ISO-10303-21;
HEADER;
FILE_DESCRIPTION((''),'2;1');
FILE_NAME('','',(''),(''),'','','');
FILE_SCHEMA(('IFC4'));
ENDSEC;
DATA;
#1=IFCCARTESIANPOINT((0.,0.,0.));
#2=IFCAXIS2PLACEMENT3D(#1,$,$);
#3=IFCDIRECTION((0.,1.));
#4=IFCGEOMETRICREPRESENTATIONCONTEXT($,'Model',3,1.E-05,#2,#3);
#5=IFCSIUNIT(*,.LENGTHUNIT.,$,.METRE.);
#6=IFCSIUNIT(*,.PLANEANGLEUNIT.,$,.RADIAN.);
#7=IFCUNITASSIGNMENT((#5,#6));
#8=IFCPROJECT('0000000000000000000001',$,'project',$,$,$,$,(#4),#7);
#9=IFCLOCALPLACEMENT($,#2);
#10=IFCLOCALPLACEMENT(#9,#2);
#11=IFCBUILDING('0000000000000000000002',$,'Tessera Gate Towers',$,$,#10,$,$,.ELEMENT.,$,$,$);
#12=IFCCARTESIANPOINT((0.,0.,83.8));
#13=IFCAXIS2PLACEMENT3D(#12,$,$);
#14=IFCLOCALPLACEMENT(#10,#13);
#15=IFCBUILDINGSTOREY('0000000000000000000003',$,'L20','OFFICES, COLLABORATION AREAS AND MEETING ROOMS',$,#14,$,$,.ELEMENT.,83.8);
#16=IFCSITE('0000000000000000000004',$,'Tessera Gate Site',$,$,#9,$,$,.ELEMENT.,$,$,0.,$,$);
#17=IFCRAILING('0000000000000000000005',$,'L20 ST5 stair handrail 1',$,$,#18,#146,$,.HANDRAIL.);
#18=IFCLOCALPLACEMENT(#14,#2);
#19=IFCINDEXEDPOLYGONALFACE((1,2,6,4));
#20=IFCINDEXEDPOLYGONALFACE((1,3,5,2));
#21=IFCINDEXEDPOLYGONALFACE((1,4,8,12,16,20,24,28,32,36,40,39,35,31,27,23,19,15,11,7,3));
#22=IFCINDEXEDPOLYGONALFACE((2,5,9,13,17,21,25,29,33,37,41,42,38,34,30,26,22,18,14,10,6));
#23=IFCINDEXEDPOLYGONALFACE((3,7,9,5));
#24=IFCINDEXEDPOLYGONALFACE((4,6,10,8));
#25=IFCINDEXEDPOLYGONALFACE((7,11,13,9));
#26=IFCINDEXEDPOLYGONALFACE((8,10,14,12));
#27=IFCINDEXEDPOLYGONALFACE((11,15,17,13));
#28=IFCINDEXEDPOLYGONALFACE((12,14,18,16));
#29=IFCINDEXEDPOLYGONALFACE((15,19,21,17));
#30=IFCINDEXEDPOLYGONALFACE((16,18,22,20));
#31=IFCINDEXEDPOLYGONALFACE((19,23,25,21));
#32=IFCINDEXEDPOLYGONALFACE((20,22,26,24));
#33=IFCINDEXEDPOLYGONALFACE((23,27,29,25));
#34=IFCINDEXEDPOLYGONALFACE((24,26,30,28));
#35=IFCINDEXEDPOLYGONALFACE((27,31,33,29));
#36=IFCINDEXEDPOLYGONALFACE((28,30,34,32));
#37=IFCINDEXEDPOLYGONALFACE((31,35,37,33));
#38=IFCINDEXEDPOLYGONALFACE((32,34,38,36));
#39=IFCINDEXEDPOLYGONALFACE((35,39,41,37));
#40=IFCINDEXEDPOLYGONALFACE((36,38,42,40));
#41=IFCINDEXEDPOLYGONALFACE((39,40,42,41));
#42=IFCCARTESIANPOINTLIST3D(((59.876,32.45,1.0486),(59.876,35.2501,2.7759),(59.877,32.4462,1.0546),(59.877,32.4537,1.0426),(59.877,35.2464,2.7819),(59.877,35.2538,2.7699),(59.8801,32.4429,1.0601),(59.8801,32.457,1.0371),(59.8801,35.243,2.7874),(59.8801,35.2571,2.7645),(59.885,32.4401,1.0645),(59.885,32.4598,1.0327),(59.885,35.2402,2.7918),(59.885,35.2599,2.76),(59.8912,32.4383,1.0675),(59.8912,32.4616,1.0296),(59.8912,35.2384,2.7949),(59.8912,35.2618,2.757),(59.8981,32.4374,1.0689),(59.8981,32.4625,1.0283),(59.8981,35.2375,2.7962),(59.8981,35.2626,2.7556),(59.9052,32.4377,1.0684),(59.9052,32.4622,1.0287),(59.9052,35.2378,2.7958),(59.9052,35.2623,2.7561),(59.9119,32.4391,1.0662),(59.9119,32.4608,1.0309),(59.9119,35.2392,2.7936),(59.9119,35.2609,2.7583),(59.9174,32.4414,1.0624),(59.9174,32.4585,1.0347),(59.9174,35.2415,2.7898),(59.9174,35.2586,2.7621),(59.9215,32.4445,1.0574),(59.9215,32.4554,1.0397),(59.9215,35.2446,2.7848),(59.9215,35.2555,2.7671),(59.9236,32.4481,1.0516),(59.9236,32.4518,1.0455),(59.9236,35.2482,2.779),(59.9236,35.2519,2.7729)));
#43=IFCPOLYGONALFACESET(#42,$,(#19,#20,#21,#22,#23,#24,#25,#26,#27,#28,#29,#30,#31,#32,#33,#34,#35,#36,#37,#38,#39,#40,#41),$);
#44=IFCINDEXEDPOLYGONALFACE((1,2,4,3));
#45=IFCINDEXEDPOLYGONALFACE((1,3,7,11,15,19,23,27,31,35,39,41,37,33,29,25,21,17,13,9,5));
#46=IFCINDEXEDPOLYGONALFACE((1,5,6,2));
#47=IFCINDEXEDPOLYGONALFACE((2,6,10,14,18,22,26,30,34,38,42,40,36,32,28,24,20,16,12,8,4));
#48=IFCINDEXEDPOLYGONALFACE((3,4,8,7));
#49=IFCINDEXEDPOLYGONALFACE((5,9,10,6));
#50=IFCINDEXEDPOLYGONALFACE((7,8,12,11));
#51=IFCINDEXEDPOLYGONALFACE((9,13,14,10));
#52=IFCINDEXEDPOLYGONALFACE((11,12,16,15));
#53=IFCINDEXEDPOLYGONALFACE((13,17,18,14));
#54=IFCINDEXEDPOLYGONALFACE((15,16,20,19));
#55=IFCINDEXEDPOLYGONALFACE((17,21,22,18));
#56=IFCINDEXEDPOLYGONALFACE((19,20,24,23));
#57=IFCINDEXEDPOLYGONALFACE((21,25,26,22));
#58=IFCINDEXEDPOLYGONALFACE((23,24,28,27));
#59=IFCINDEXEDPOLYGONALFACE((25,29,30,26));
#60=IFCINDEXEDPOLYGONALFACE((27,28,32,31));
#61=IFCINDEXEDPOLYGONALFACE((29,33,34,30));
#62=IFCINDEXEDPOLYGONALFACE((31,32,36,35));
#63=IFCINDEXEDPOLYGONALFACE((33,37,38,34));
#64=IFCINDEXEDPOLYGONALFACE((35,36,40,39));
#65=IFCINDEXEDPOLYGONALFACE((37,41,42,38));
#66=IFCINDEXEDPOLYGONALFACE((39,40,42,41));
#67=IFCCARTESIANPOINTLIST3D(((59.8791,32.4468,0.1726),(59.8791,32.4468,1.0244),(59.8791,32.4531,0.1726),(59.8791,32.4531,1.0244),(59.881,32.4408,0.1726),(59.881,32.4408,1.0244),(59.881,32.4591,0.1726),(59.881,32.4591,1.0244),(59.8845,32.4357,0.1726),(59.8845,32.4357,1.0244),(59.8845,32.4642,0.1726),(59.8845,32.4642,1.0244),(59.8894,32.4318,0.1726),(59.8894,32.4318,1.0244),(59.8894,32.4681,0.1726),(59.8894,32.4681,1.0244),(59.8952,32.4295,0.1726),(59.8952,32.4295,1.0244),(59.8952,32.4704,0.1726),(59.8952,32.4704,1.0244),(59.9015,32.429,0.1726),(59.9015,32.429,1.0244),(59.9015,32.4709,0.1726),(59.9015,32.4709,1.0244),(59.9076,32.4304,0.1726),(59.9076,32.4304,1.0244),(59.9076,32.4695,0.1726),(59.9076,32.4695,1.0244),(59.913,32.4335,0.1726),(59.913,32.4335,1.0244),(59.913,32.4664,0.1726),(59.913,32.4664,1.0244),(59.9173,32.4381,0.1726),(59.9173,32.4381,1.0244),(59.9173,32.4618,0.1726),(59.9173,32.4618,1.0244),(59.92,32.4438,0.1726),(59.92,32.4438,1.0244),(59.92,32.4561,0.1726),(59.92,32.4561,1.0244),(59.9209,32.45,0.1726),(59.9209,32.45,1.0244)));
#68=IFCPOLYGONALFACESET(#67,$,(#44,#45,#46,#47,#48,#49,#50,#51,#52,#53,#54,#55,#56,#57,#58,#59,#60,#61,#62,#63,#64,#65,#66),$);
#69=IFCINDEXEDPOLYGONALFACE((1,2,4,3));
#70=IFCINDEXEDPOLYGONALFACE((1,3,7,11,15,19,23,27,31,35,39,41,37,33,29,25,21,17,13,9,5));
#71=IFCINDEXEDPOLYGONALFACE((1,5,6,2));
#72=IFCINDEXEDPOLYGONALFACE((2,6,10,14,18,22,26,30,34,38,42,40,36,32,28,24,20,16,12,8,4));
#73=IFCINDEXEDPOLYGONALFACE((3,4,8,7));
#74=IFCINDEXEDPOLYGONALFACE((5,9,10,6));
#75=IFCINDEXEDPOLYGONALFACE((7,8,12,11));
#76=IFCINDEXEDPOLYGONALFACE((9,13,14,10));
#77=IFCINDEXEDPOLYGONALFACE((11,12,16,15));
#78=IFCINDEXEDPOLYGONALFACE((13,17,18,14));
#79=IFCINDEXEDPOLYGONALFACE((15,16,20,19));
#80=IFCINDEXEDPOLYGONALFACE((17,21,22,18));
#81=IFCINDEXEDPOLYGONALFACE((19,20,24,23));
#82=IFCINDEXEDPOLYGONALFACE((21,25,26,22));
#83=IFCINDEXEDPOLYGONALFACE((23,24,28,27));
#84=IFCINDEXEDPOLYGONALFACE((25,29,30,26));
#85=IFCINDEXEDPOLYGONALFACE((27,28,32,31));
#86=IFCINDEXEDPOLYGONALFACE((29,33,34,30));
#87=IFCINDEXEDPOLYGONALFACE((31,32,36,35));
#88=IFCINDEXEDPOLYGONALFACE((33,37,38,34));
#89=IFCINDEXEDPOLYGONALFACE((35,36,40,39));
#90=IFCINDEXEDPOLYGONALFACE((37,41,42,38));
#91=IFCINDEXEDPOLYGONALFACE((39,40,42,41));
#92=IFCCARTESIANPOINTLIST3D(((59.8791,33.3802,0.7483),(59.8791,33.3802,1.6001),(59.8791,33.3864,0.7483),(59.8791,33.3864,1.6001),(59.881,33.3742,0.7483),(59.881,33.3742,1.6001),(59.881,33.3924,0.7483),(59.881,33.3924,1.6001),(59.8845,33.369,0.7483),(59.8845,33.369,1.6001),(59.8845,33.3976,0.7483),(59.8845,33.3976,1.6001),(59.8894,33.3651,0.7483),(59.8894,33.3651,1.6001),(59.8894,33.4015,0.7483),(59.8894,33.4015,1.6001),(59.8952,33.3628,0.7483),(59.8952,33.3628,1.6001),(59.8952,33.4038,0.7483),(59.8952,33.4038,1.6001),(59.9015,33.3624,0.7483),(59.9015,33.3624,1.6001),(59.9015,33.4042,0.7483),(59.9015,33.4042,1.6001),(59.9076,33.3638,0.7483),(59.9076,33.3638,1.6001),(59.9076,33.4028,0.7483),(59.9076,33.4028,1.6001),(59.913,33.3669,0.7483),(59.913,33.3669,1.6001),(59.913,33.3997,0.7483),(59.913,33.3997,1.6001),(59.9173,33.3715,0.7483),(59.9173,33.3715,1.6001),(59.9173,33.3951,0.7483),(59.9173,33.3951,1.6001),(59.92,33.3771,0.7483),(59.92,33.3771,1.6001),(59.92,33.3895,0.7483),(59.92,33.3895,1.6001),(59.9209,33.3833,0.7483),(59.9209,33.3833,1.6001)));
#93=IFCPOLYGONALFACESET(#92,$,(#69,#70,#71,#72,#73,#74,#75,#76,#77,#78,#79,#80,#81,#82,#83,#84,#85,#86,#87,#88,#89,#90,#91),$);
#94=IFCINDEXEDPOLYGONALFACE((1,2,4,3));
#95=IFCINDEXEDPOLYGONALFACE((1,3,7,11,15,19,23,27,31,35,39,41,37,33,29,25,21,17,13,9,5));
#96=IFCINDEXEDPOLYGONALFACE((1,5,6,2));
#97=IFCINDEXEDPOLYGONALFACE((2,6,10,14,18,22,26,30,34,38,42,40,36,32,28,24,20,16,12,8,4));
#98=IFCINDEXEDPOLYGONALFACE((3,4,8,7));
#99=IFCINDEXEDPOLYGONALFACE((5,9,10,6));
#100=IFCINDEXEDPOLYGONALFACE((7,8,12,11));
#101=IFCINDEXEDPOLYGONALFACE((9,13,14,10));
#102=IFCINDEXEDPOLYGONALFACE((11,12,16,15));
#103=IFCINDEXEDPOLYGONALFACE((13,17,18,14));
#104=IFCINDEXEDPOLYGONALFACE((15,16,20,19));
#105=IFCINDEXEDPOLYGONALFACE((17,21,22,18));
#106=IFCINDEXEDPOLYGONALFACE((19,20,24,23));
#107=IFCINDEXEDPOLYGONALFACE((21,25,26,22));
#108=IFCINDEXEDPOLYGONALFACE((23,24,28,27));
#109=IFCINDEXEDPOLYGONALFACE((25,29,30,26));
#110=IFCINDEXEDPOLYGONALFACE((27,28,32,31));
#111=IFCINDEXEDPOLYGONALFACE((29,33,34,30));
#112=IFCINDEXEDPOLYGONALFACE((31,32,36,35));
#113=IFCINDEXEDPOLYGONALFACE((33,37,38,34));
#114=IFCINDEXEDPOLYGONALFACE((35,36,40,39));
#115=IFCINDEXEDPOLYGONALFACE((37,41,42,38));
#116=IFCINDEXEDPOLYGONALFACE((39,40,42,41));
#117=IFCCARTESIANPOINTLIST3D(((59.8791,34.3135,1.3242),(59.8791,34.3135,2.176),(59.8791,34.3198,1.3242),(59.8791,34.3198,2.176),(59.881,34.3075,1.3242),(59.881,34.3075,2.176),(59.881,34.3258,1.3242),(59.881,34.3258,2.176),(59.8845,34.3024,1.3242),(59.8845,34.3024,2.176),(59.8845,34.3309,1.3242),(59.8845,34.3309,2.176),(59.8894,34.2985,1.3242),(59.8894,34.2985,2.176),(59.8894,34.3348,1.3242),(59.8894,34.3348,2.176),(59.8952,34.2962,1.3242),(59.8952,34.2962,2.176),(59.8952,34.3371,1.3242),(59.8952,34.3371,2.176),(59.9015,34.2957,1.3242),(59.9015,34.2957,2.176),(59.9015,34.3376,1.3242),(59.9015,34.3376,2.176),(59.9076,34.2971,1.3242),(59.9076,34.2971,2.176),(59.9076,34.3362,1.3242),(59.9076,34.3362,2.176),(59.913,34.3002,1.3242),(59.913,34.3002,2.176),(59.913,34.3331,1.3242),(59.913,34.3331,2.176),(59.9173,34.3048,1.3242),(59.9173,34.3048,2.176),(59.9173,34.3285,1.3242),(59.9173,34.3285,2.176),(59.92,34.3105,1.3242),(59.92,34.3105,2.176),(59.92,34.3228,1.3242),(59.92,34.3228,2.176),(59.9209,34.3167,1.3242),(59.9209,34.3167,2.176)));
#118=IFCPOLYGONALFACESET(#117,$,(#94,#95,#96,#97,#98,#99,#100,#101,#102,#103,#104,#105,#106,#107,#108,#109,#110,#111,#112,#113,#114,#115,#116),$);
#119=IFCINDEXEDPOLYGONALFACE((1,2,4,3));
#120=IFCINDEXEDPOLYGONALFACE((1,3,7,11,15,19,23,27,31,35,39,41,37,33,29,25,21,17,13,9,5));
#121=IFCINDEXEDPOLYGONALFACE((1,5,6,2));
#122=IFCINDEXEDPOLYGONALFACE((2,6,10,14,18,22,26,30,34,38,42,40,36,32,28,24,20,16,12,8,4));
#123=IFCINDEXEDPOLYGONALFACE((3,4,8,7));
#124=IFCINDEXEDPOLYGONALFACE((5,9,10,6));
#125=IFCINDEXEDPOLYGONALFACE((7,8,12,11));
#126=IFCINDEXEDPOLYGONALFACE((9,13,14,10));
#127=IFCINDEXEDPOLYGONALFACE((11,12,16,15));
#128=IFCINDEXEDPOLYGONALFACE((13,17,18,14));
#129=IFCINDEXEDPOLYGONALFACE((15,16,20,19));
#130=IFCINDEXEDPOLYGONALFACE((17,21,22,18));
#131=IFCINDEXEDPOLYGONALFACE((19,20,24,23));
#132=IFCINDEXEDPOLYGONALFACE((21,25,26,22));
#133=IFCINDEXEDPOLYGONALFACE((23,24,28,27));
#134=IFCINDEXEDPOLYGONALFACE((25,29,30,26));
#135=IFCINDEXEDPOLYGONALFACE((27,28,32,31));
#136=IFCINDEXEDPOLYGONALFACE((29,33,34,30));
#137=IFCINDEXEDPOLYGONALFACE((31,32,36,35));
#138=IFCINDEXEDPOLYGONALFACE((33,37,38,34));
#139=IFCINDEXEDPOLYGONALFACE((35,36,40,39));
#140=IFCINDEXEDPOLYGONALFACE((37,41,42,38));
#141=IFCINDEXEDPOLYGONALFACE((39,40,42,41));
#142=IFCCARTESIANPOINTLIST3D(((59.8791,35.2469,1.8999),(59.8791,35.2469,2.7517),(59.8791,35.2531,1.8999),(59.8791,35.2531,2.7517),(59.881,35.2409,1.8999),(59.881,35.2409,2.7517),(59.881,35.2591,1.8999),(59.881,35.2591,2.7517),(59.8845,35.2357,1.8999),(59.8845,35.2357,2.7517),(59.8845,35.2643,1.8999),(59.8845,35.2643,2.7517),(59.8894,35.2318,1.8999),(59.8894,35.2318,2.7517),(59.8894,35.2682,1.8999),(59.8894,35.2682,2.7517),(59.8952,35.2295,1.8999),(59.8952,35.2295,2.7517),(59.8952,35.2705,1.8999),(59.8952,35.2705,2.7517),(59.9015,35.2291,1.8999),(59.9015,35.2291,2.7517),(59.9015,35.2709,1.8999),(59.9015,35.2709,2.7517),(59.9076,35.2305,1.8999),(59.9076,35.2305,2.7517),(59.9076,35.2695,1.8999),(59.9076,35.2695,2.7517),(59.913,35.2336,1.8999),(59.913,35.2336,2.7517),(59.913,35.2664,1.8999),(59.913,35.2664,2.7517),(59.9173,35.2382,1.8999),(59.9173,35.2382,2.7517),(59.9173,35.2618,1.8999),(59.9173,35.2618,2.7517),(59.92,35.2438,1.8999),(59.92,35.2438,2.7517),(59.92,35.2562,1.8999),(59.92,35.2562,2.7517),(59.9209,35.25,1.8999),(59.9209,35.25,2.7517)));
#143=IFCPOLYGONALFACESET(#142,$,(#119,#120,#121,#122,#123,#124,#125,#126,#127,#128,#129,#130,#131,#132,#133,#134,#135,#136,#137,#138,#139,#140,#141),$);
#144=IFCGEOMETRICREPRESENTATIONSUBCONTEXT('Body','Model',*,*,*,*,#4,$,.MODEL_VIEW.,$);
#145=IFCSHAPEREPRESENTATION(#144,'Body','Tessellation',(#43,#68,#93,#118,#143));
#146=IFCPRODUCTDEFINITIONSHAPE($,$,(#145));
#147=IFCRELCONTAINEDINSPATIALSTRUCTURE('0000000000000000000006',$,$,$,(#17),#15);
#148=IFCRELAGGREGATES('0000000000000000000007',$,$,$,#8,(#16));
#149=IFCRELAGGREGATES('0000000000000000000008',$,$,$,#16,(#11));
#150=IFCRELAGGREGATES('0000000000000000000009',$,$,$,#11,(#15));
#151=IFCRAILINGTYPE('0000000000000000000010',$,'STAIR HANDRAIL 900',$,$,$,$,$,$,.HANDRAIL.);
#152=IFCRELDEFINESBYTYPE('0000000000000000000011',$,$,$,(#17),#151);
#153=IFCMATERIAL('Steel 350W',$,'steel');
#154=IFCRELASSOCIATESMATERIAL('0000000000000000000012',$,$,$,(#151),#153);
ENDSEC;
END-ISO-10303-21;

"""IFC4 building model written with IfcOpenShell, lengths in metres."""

from ifc_helpers import new_model, si_unit, direction, frame, origin, origin_2d, place, context, subcontext, project, spatial, circle, extrude, material, type_object, element, save


model = new_model("IFC4")

# Units and contexts
model_context = context("Model", 3, precision=1e-05, world=origin(), true_north=direction((0.0, 1.0)))
body_context = subcontext(model_context, "Body", "Model", "MODEL_VIEW")
ifc_project = project(units=[si_unit("LENGTHUNIT", "METRE"), si_unit("PLANEANGLEUNIT", "RADIAN")], contexts=[model_context])

# Site, building, storey
site_placement = place(None, origin())
site = spatial("IfcSite", under=ifc_project, at=site_placement, Name="Tessera Gate Site", CompositionType="ELEMENT", RefElevation=0.0)
building_placement = place(site_placement, origin())
building = spatial("IfcBuilding", under=site, at=building_placement, Name="Tessera Gate Towers", CompositionType="ELEMENT")
storey_placement = place(building_placement, frame((0.0, 0.0, 83.8)))
storey = spatial("IfcBuildingStorey", under=building, at=storey_placement, Name="L20", Description="OFFICES, COLLABORATION AREAS AND MEETING ROOMS", CompositionType="ELEMENT", Elevation=83.8)

# Railing
ifc_material_1 = material(Name="Steel 350W", Category="steel")
railing_type_1 = type_object("IfcRailingType", Name="STAIR HANDRAIL 900", PredefinedType="HANDRAIL", material=ifc_material_1)
for number, where, name in (
    (1, (59.8999, 32.45, 0.1726), "L20 ST5 stair handrail 1"),
):
    element("IfcRailing", number, at=place(storey_placement, frame(where)), inside=storey, type_object=railing_type_1, Name=name, PredefinedType="HANDRAIL", context=body_context, shape_type="SweptSolid", body=[
        extrude(circle(Radius=0.0239, at=origin_2d()), frame((0.0, 0.0, 0.876), z_axis=(0.0, 0.85109, 0.52502), x_axis=(-1.0, 0.0, 0.0)), (0.0, 0.0, 1.0), 3.29),
        extrude(circle(Radius=0.021, at=origin_2d()), origin(), (0.0, 0.0, 1.0), 0.8518),
        extrude(circle(Radius=0.021, at=origin_2d()), frame((0.0, 0.9333, 0.5757)), (0.0, 0.0, 1.0), 0.8518),
        extrude(circle(Radius=0.021, at=origin_2d()), frame((0.0, 1.8667, 1.1516)), (0.0, 0.0, 1.0), 0.8518),
        extrude(circle(Radius=0.021, at=origin_2d()), frame((0.0, 2.8, 1.7273)), (0.0, 0.0, 1.0), 0.8518),
    ])

save(model, "model.ifc")
